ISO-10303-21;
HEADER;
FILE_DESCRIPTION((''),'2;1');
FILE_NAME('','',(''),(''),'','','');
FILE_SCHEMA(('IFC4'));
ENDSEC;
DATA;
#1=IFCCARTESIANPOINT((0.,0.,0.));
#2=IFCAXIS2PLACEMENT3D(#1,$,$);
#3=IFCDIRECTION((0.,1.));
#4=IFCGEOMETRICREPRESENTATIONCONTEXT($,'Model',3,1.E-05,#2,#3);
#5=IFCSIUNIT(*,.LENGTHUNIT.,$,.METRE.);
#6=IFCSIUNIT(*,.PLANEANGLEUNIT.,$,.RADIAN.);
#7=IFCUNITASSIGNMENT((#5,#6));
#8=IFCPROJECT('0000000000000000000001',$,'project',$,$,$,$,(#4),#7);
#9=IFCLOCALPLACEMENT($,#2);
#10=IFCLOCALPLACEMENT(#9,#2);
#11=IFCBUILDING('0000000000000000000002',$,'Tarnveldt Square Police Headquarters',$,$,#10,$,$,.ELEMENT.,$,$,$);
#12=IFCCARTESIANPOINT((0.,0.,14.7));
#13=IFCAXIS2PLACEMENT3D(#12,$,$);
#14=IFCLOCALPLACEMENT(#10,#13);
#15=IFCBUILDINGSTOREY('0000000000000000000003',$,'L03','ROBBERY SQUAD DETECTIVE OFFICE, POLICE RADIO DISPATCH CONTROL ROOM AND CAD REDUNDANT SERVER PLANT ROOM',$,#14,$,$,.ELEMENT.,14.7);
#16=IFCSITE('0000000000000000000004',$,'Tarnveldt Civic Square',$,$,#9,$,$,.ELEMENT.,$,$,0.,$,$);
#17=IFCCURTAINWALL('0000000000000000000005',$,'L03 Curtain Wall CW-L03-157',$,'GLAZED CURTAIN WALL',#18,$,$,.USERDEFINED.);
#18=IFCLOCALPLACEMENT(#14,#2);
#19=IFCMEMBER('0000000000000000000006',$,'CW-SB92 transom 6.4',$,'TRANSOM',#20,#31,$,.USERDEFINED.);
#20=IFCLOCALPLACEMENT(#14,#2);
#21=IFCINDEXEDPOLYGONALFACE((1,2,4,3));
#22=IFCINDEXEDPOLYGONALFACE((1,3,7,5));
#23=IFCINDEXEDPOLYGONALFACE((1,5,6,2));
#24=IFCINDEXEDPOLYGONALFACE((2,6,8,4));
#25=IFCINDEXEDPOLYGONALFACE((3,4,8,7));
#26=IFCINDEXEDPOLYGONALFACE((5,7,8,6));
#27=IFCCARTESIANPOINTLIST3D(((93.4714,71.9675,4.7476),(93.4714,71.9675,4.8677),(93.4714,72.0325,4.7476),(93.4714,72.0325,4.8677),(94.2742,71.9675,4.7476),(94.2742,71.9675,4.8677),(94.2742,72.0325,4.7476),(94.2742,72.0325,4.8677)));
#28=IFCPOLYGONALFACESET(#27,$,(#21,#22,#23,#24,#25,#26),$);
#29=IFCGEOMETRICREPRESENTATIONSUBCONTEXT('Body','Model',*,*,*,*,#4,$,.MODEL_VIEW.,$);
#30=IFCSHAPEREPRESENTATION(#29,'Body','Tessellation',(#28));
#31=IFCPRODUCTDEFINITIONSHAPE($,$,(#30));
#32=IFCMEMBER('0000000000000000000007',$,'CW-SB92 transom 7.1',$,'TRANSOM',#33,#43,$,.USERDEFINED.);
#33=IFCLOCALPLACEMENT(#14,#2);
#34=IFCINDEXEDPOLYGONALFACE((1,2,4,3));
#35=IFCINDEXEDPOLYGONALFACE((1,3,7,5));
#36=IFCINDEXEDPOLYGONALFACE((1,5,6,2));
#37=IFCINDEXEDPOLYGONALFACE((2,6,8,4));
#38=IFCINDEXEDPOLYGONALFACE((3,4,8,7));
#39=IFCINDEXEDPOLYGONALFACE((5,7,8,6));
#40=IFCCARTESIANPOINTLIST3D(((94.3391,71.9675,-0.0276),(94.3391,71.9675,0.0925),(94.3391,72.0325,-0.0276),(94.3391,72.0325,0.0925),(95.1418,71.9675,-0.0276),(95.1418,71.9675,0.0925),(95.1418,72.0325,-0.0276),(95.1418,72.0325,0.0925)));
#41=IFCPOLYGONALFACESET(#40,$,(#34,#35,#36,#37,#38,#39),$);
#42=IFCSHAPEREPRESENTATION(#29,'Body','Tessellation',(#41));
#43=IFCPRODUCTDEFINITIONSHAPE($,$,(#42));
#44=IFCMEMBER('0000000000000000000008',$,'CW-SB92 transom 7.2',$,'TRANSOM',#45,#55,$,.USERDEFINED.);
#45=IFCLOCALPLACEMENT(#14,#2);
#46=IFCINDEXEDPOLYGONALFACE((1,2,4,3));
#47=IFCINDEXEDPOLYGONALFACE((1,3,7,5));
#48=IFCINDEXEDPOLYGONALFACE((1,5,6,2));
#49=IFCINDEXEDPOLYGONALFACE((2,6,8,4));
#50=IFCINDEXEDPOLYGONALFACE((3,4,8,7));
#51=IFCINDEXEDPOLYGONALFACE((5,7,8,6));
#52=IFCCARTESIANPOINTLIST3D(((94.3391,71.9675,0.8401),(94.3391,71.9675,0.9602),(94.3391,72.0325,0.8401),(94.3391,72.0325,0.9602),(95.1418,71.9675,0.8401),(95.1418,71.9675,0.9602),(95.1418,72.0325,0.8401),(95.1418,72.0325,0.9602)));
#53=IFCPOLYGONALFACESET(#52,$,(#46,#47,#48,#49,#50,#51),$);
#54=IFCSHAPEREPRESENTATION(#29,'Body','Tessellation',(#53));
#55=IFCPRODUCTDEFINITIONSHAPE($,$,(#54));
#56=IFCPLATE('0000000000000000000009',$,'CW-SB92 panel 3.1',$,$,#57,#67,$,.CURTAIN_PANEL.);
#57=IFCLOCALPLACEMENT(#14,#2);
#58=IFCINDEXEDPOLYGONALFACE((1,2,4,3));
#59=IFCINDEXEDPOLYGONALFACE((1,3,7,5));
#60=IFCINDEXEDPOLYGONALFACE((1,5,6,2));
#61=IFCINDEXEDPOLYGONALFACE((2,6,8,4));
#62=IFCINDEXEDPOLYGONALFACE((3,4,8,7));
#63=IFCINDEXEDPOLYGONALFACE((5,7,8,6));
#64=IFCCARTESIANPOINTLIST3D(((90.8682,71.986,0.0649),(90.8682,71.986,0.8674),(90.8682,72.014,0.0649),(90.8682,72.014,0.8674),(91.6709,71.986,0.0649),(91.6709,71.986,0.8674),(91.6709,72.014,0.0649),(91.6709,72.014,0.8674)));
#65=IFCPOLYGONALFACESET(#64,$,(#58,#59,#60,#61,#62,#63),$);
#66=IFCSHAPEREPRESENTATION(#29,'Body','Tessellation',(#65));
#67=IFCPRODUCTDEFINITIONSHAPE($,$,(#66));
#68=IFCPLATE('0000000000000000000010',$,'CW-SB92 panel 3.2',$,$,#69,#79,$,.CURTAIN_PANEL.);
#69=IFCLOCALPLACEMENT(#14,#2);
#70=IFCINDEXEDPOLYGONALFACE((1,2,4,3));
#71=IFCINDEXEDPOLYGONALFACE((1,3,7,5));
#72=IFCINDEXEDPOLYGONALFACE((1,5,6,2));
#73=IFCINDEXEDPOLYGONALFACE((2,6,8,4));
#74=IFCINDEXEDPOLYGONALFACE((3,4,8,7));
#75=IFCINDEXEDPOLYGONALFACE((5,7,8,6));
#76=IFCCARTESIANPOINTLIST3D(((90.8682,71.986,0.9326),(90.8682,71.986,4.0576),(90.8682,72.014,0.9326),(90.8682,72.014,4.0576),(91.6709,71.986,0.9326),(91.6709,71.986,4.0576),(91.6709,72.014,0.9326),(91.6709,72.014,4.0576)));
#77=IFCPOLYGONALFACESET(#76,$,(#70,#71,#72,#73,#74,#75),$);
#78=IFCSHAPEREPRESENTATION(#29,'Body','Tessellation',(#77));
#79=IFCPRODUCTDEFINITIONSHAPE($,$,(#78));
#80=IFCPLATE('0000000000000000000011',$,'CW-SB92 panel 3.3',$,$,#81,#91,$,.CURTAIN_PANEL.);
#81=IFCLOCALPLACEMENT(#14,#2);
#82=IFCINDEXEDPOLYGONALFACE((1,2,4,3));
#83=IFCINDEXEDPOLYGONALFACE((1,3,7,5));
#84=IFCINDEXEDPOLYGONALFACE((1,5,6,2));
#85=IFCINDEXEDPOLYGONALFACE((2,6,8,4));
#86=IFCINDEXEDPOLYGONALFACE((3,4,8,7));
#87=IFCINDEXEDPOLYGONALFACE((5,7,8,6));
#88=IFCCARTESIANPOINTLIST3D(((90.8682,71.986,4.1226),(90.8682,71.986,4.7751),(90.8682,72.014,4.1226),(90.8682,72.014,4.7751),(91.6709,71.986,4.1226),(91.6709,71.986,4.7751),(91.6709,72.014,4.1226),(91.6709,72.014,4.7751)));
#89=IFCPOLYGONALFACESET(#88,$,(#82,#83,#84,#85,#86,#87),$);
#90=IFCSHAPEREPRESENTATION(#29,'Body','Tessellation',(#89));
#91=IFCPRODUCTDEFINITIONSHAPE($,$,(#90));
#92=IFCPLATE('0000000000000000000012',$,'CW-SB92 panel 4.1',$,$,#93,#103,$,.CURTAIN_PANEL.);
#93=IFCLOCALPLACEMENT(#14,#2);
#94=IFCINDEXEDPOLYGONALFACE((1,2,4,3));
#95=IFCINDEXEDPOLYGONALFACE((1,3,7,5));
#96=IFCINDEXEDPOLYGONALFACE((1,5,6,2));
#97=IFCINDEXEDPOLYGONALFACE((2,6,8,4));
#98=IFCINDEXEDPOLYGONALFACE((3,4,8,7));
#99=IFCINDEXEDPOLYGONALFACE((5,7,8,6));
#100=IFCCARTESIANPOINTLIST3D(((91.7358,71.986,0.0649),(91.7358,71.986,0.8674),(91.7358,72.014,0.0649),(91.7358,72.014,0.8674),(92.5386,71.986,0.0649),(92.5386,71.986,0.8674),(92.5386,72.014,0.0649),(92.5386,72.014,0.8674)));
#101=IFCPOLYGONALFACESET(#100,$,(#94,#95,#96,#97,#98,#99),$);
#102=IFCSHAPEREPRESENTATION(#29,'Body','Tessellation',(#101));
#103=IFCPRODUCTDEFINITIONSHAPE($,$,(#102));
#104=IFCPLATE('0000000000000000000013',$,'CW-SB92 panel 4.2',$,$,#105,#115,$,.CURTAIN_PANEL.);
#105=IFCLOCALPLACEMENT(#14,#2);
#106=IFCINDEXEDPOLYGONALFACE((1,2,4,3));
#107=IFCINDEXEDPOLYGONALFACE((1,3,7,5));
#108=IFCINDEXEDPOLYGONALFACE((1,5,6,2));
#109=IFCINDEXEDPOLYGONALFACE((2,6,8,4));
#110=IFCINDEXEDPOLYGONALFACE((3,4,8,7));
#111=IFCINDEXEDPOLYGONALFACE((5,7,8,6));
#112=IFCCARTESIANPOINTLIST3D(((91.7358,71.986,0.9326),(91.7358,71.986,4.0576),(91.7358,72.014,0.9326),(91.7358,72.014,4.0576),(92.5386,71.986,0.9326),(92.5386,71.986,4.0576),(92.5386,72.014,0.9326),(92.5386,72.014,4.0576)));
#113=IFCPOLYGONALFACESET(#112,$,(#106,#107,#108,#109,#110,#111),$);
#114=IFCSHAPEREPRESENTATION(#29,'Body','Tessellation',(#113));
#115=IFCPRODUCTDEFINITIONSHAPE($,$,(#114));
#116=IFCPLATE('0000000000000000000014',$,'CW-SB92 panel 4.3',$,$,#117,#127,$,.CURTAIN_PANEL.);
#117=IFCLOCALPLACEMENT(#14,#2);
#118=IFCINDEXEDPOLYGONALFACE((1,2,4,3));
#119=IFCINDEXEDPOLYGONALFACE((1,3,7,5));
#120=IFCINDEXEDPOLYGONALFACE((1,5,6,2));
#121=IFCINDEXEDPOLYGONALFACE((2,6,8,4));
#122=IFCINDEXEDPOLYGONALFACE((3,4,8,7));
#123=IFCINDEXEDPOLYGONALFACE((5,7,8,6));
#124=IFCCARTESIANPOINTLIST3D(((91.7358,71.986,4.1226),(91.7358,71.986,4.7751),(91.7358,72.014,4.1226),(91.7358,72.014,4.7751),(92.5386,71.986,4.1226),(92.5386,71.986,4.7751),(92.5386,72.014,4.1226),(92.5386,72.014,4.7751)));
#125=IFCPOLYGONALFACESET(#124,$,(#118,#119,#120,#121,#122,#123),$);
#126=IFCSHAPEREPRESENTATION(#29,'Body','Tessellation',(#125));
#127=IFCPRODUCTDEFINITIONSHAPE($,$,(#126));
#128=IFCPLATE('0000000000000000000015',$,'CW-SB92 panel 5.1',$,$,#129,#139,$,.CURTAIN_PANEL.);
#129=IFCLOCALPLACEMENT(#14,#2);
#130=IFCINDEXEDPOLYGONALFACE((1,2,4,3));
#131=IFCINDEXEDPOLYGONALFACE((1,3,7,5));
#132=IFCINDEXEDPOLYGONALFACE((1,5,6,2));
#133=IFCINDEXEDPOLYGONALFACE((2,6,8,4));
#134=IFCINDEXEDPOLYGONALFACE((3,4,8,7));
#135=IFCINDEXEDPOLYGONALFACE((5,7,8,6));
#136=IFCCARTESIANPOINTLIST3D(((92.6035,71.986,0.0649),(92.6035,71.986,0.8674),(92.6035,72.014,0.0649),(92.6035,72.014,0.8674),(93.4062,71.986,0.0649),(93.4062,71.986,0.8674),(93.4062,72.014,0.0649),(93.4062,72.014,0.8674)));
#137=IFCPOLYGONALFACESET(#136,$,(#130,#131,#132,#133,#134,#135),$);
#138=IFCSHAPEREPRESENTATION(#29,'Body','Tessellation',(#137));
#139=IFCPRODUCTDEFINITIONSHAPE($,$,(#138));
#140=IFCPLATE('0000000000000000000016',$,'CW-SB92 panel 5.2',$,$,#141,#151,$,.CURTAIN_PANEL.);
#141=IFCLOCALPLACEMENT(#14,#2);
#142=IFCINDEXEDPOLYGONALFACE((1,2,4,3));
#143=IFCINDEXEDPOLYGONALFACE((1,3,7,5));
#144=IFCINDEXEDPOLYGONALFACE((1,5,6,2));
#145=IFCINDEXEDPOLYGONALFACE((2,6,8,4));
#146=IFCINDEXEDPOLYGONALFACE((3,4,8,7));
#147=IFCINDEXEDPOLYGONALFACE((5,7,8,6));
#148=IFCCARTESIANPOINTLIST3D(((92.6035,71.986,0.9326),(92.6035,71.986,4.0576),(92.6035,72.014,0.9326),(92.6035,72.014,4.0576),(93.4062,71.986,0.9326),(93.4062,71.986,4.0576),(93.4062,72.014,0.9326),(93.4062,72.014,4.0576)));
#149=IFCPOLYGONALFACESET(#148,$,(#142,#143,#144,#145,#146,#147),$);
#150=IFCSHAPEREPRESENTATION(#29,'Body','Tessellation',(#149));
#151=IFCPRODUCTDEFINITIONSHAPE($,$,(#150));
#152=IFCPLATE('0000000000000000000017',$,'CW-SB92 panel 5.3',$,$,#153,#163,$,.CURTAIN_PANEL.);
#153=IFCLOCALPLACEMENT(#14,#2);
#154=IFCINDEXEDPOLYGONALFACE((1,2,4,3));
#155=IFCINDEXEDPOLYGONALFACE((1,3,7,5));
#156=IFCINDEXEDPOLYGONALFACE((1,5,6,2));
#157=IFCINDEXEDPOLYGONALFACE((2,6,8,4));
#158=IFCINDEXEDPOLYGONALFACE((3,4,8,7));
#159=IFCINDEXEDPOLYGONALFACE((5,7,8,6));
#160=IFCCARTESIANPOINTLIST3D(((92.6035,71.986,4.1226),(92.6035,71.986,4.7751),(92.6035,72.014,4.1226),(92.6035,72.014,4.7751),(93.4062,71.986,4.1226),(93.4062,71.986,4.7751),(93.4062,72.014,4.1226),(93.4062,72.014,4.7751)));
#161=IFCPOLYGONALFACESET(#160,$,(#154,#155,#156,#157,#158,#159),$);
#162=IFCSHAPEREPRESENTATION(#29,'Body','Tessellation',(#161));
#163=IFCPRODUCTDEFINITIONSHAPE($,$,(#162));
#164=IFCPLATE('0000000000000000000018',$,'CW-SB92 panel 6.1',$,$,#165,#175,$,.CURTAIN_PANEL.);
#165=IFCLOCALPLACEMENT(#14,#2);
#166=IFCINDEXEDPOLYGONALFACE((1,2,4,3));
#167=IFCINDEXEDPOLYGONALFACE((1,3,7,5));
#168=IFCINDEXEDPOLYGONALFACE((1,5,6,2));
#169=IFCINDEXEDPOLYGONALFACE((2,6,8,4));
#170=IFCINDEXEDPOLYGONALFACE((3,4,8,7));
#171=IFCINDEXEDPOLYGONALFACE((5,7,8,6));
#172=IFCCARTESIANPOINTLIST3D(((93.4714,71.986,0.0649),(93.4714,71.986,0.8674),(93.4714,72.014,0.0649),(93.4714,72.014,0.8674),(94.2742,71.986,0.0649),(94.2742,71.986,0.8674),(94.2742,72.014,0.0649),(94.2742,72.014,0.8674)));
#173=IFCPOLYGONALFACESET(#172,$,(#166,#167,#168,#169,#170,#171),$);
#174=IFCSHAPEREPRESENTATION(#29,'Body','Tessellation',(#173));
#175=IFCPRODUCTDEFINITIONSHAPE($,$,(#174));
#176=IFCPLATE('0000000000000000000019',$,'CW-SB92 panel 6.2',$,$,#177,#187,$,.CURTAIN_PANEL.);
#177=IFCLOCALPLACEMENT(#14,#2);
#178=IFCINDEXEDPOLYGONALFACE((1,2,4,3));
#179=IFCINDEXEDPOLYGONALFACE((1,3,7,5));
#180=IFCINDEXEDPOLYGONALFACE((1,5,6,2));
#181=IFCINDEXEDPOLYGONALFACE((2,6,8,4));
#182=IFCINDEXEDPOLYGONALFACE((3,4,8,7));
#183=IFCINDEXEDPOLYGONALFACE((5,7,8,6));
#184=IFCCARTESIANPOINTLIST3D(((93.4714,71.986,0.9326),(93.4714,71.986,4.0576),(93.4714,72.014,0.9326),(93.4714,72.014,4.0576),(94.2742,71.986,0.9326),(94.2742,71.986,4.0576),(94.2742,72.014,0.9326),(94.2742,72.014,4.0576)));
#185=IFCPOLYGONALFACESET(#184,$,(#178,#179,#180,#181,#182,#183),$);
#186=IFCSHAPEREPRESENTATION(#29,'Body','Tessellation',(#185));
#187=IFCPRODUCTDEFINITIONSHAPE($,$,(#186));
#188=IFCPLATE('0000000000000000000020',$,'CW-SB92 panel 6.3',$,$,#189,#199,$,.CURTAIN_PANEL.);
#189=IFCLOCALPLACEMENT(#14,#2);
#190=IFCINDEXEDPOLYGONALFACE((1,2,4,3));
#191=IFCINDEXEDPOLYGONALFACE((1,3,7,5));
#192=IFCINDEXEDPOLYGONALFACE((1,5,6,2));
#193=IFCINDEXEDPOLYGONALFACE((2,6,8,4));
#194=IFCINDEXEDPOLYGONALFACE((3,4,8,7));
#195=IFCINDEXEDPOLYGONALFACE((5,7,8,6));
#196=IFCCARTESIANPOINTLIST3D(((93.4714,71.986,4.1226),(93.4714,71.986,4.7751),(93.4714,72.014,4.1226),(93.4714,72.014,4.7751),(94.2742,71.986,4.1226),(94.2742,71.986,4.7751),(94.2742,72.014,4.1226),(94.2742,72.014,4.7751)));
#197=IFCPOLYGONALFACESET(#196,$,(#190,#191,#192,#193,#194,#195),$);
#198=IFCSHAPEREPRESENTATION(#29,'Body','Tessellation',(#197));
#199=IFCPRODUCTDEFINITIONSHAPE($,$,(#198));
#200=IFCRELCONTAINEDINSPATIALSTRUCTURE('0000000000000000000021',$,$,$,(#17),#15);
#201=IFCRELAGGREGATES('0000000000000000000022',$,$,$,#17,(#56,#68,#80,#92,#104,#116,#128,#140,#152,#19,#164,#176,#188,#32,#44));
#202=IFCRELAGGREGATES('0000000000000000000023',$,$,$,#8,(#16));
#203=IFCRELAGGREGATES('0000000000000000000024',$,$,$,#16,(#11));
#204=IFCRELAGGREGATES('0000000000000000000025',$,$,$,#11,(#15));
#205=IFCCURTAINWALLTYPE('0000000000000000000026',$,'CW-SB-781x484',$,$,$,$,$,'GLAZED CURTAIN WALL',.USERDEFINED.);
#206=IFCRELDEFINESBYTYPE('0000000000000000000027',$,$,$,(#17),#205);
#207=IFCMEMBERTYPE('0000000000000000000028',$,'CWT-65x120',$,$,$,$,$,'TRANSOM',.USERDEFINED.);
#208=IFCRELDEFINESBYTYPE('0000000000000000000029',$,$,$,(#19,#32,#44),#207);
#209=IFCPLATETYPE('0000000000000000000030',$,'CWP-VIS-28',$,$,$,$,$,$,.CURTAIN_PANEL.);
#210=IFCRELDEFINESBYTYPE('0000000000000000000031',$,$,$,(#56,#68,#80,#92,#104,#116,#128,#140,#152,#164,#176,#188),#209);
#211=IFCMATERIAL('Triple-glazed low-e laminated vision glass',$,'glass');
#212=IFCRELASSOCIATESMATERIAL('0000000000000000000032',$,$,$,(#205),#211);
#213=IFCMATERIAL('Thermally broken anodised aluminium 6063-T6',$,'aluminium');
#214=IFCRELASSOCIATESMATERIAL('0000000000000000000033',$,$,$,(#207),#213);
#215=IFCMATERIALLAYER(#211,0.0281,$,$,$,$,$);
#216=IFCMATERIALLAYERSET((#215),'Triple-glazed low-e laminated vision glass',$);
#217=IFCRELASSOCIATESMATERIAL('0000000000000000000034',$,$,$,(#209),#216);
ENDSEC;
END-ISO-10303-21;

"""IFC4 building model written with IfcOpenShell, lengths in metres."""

from ifc_helpers import new_model, si_unit, direction, frame, origin, origin_2d, place, context, subcontext, project, spatial, rectangle, extrude, material, layer, layer_set, material_profile, profile_set, type_object, element, aggregate, save


model = new_model("IFC4")

# Units and contexts
model_context = context("Model", 3, precision=1e-05, world=origin(), true_north=direction((0.0, 1.0)))
body_context = subcontext(model_context, "Body", "Model", "MODEL_VIEW")
ifc_project = project(units=[si_unit("LENGTHUNIT", "METRE"), si_unit("PLANEANGLEUNIT", "RADIAN")], contexts=[model_context])

# Site, building, storey
site_placement = place(None, origin())
site = spatial("IfcSite", under=ifc_project, at=site_placement, Name="Tarnveldt Civic Square", CompositionType="ELEMENT", RefElevation=0.0)
building_placement = place(site_placement, origin())
building = spatial("IfcBuilding", under=site, at=building_placement, Name="Tarnveldt Square Police Headquarters", CompositionType="ELEMENT")
storey_placement = place(building_placement, frame((0.0, 0.0, 14.7)))
storey = spatial("IfcBuildingStorey", under=building, at=storey_placement, Name="L03", Description="ROBBERY SQUAD DETECTIVE OFFICE, POLICE RADIO DISPATCH CONTROL ROOM AND CAD REDUNDANT SERVER PLANT ROOM", CompositionType="ELEMENT", Elevation=14.7)

# Curtain wall, members, plates
ifc_material_1 = material(Name="Triple-glazed low-e laminated vision glass", Category="glass")
curtain_wall_type = type_object("IfcCurtainWallType", Name="CW-SB-781x484", ElementType="GLAZED CURTAIN WALL", PredefinedType="USERDEFINED", material=ifc_material_1)
curtain_wall_placement = place(storey_placement, origin())
curtain_wall = element("IfcCurtainWall", 1, at=curtain_wall_placement, inside=storey, type_object=curtain_wall_type, Name="L03 Curtain Wall CW-L03-157", ObjectType="GLAZED CURTAIN WALL", PredefinedType="USERDEFINED")
ifc_material_2 = material(Name="Thermally broken anodised aluminium 6063-T6", Category="aluminium")
ifc_material_profile_1 = material_profile(ifc_material_2, rectangle(XDim=0.0649, YDim=0.1201, at=origin_2d()), Name="CW-T65x120")
ifc_profile_set_1 = profile_set([ifc_material_profile_1], Name="Thermally broken anodised aluminium 6063-T6")
member_type_1 = type_object("IfcMemberType", Name="CWT-65x120", ElementType="TRANSOM", PredefinedType="USERDEFINED", material=ifc_profile_set_1)
member_1_placement = place(storey_placement, frame((93.4714, 72.0, 4.8076), z_axis=(1.0, 0.0, 0.0), x_axis=(0.0, 1.0, 0.0)))
member_1 = element("IfcMember", 2, at=member_1_placement, type_object=member_type_1, Name="CW-SB92 transom 6.4", ObjectType="TRANSOM", PredefinedType="USERDEFINED", context=body_context, shape_type="SweptSolid", body=[
    extrude(rectangle(XDim=0.0649, YDim=0.1201, at=origin_2d()), origin(), (0.0, 0.0, 1.0), 0.8027),
])
member_2_placement = place(storey_placement, frame((94.3391, 72.0, 0.0325), z_axis=(1.0, 0.0, 0.0), x_axis=(0.0, 1.0, 0.0)))
member_2 = element("IfcMember", 3, at=member_2_placement, type_object=member_type_1, Name="CW-SB92 transom 7.1", ObjectType="TRANSOM", PredefinedType="USERDEFINED", context=body_context, shape_type="SweptSolid", body=[
    extrude(rectangle(XDim=0.0649, YDim=0.1201, at=origin_2d()), origin(), (0.0, 0.0, 1.0), 0.8027),
])
member_3_placement = place(storey_placement, frame((94.3391, 72.0, 0.9001), z_axis=(1.0, 0.0, 0.0), x_axis=(0.0, 1.0, 0.0)))
member_3 = element("IfcMember", 4, at=member_3_placement, type_object=member_type_1, Name="CW-SB92 transom 7.2", ObjectType="TRANSOM", PredefinedType="USERDEFINED", context=body_context, shape_type="SweptSolid", body=[
    extrude(rectangle(XDim=0.0649, YDim=0.1201, at=origin_2d()), origin(), (0.0, 0.0, 1.0), 0.8027),
])
ifc_layer = layer(ifc_material_1, 0.0281)
ifc_layer_set = layer_set([ifc_layer], Name="Triple-glazed low-e laminated vision glass")
plate_type = type_object("IfcPlateType", Name="CWP-VIS-28", PredefinedType="CURTAIN_PANEL", material=ifc_layer_set)
plate_1_placement = place(storey_placement, frame((91.2695, 72.0, 0.0649), z_axis=(0.0, 0.0, 1.0), x_axis=(1.0, 0.0, 0.0)))
plate_1 = element("IfcPlate", 5, at=plate_1_placement, type_object=plate_type, Name="CW-SB92 panel 3.1", PredefinedType="CURTAIN_PANEL", context=body_context, shape_type="SweptSolid", body=[
    extrude(rectangle(XDim=0.8027, YDim=0.0281, at=origin_2d()), origin(), (0.0, 0.0, 1.0), 0.8025),
])
plate_2_placement = place(storey_placement, frame((91.2695, 72.0, 0.9326), z_axis=(0.0, 0.0, 1.0), x_axis=(1.0, 0.0, 0.0)))
plate_2 = element("IfcPlate", 6, at=plate_2_placement, type_object=plate_type, Name="CW-SB92 panel 3.2", PredefinedType="CURTAIN_PANEL", context=body_context, shape_type="SweptSolid", body=[
    extrude(rectangle(XDim=0.8027, YDim=0.0281, at=origin_2d()), origin(), (0.0, 0.0, 1.0), 3.125),
])
plate_3_placement = place(storey_placement, frame((91.2695, 72.0, 4.1226), z_axis=(0.0, 0.0, 1.0), x_axis=(1.0, 0.0, 0.0)))
plate_3 = element("IfcPlate", 7, at=plate_3_placement, type_object=plate_type, Name="CW-SB92 panel 3.3", PredefinedType="CURTAIN_PANEL", context=body_context, shape_type="SweptSolid", body=[
    extrude(rectangle(XDim=0.8027, YDim=0.0281, at=origin_2d()), origin(), (0.0, 0.0, 1.0), 0.6526),
])
plate_4_placement = place(storey_placement, frame((92.1372, 72.0, 0.0649), z_axis=(0.0, 0.0, 1.0), x_axis=(1.0, 0.0, 0.0)))
plate_4 = element("IfcPlate", 8, at=plate_4_placement, type_object=plate_type, Name="CW-SB92 panel 4.1", PredefinedType="CURTAIN_PANEL", context=body_context, shape_type="SweptSolid", body=[
    extrude(rectangle(XDim=0.8027, YDim=0.0281, at=origin_2d()), origin(), (0.0, 0.0, 1.0), 0.8025),
])
plate_5_placement = place(storey_placement, frame((92.1372, 72.0, 0.9326), z_axis=(0.0, 0.0, 1.0), x_axis=(1.0, 0.0, 0.0)))
plate_5 = element("IfcPlate", 9, at=plate_5_placement, type_object=plate_type, Name="CW-SB92 panel 4.2", PredefinedType="CURTAIN_PANEL", context=body_context, shape_type="SweptSolid", body=[
    extrude(rectangle(XDim=0.8027, YDim=0.0281, at=origin_2d()), origin(), (0.0, 0.0, 1.0), 3.125),
])
plate_6_placement = place(storey_placement, frame((92.1372, 72.0, 4.1226), z_axis=(0.0, 0.0, 1.0), x_axis=(1.0, 0.0, 0.0)))
plate_6 = element("IfcPlate", 10, at=plate_6_placement, type_object=plate_type, Name="CW-SB92 panel 4.3", PredefinedType="CURTAIN_PANEL", context=body_context, shape_type="SweptSolid", body=[
    extrude(rectangle(XDim=0.8027, YDim=0.0281, at=origin_2d()), origin(), (0.0, 0.0, 1.0), 0.6526),
])
plate_7_placement = place(storey_placement, frame((93.0049, 72.0, 0.0649), z_axis=(0.0, 0.0, 1.0), x_axis=(1.0, 0.0, 0.0)))
plate_7 = element("IfcPlate", 11, at=plate_7_placement, type_object=plate_type, Name="CW-SB92 panel 5.1", PredefinedType="CURTAIN_PANEL", context=body_context, shape_type="SweptSolid", body=[
    extrude(rectangle(XDim=0.8027, YDim=0.0281, at=origin_2d()), origin(), (0.0, 0.0, 1.0), 0.8025),
])
plate_8_placement = place(storey_placement, frame((93.0049, 72.0, 0.9326), z_axis=(0.0, 0.0, 1.0), x_axis=(1.0, 0.0, 0.0)))
plate_8 = element("IfcPlate", 12, at=plate_8_placement, type_object=plate_type, Name="CW-SB92 panel 5.2", PredefinedType="CURTAIN_PANEL", context=body_context, shape_type="SweptSolid", body=[
    extrude(rectangle(XDim=0.8027, YDim=0.0281, at=origin_2d()), origin(), (0.0, 0.0, 1.0), 3.125),
])
plate_9_placement = place(storey_placement, frame((93.0049, 72.0, 4.1226), z_axis=(0.0, 0.0, 1.0), x_axis=(1.0, 0.0, 0.0)))
plate_9 = element("IfcPlate", 13, at=plate_9_placement, type_object=plate_type, Name="CW-SB92 panel 5.3", PredefinedType="CURTAIN_PANEL", context=body_context, shape_type="SweptSolid", body=[
    extrude(rectangle(XDim=0.8027, YDim=0.0281, at=origin_2d()), origin(), (0.0, 0.0, 1.0), 0.6526),
])
plate_10_placement = place(storey_placement, frame((93.8728, 72.0, 0.0649), z_axis=(0.0, 0.0, 1.0), x_axis=(1.0, 0.0, 0.0)))
plate_10 = element("IfcPlate", 14, at=plate_10_placement, type_object=plate_type, Name="CW-SB92 panel 6.1", PredefinedType="CURTAIN_PANEL", context=body_context, shape_type="SweptSolid", body=[
    extrude(rectangle(XDim=0.8027, YDim=0.0281, at=origin_2d()), origin(), (0.0, 0.0, 1.0), 0.8025),
])
plate_11_placement = place(storey_placement, frame((93.8728, 72.0, 0.9326), z_axis=(0.0, 0.0, 1.0), x_axis=(1.0, 0.0, 0.0)))
plate_11 = element("IfcPlate", 15, at=plate_11_placement, type_object=plate_type, Name="CW-SB92 panel 6.2", PredefinedType="CURTAIN_PANEL", context=body_context, shape_type="SweptSolid", body=[
    extrude(rectangle(XDim=0.8027, YDim=0.0281, at=origin_2d()), origin(), (0.0, 0.0, 1.0), 3.125),
])
plate_12_placement = place(storey_placement, frame((93.8728, 72.0, 4.1226), z_axis=(0.0, 0.0, 1.0), x_axis=(1.0, 0.0, 0.0)))
plate_12 = element("IfcPlate", 16, at=plate_12_placement, type_object=plate_type, Name="CW-SB92 panel 6.3", PredefinedType="CURTAIN_PANEL", context=body_context, shape_type="SweptSolid", body=[
    extrude(rectangle(XDim=0.8027, YDim=0.0281, at=origin_2d()), origin(), (0.0, 0.0, 1.0), 0.6526),
])
aggregate(curtain_wall, [plate_1, plate_2, plate_3, plate_4, plate_5, plate_6, plate_7, plate_8, plate_9, member_1, plate_10, plate_11, plate_12, member_2, member_3])

save(model, "model.ifc")
